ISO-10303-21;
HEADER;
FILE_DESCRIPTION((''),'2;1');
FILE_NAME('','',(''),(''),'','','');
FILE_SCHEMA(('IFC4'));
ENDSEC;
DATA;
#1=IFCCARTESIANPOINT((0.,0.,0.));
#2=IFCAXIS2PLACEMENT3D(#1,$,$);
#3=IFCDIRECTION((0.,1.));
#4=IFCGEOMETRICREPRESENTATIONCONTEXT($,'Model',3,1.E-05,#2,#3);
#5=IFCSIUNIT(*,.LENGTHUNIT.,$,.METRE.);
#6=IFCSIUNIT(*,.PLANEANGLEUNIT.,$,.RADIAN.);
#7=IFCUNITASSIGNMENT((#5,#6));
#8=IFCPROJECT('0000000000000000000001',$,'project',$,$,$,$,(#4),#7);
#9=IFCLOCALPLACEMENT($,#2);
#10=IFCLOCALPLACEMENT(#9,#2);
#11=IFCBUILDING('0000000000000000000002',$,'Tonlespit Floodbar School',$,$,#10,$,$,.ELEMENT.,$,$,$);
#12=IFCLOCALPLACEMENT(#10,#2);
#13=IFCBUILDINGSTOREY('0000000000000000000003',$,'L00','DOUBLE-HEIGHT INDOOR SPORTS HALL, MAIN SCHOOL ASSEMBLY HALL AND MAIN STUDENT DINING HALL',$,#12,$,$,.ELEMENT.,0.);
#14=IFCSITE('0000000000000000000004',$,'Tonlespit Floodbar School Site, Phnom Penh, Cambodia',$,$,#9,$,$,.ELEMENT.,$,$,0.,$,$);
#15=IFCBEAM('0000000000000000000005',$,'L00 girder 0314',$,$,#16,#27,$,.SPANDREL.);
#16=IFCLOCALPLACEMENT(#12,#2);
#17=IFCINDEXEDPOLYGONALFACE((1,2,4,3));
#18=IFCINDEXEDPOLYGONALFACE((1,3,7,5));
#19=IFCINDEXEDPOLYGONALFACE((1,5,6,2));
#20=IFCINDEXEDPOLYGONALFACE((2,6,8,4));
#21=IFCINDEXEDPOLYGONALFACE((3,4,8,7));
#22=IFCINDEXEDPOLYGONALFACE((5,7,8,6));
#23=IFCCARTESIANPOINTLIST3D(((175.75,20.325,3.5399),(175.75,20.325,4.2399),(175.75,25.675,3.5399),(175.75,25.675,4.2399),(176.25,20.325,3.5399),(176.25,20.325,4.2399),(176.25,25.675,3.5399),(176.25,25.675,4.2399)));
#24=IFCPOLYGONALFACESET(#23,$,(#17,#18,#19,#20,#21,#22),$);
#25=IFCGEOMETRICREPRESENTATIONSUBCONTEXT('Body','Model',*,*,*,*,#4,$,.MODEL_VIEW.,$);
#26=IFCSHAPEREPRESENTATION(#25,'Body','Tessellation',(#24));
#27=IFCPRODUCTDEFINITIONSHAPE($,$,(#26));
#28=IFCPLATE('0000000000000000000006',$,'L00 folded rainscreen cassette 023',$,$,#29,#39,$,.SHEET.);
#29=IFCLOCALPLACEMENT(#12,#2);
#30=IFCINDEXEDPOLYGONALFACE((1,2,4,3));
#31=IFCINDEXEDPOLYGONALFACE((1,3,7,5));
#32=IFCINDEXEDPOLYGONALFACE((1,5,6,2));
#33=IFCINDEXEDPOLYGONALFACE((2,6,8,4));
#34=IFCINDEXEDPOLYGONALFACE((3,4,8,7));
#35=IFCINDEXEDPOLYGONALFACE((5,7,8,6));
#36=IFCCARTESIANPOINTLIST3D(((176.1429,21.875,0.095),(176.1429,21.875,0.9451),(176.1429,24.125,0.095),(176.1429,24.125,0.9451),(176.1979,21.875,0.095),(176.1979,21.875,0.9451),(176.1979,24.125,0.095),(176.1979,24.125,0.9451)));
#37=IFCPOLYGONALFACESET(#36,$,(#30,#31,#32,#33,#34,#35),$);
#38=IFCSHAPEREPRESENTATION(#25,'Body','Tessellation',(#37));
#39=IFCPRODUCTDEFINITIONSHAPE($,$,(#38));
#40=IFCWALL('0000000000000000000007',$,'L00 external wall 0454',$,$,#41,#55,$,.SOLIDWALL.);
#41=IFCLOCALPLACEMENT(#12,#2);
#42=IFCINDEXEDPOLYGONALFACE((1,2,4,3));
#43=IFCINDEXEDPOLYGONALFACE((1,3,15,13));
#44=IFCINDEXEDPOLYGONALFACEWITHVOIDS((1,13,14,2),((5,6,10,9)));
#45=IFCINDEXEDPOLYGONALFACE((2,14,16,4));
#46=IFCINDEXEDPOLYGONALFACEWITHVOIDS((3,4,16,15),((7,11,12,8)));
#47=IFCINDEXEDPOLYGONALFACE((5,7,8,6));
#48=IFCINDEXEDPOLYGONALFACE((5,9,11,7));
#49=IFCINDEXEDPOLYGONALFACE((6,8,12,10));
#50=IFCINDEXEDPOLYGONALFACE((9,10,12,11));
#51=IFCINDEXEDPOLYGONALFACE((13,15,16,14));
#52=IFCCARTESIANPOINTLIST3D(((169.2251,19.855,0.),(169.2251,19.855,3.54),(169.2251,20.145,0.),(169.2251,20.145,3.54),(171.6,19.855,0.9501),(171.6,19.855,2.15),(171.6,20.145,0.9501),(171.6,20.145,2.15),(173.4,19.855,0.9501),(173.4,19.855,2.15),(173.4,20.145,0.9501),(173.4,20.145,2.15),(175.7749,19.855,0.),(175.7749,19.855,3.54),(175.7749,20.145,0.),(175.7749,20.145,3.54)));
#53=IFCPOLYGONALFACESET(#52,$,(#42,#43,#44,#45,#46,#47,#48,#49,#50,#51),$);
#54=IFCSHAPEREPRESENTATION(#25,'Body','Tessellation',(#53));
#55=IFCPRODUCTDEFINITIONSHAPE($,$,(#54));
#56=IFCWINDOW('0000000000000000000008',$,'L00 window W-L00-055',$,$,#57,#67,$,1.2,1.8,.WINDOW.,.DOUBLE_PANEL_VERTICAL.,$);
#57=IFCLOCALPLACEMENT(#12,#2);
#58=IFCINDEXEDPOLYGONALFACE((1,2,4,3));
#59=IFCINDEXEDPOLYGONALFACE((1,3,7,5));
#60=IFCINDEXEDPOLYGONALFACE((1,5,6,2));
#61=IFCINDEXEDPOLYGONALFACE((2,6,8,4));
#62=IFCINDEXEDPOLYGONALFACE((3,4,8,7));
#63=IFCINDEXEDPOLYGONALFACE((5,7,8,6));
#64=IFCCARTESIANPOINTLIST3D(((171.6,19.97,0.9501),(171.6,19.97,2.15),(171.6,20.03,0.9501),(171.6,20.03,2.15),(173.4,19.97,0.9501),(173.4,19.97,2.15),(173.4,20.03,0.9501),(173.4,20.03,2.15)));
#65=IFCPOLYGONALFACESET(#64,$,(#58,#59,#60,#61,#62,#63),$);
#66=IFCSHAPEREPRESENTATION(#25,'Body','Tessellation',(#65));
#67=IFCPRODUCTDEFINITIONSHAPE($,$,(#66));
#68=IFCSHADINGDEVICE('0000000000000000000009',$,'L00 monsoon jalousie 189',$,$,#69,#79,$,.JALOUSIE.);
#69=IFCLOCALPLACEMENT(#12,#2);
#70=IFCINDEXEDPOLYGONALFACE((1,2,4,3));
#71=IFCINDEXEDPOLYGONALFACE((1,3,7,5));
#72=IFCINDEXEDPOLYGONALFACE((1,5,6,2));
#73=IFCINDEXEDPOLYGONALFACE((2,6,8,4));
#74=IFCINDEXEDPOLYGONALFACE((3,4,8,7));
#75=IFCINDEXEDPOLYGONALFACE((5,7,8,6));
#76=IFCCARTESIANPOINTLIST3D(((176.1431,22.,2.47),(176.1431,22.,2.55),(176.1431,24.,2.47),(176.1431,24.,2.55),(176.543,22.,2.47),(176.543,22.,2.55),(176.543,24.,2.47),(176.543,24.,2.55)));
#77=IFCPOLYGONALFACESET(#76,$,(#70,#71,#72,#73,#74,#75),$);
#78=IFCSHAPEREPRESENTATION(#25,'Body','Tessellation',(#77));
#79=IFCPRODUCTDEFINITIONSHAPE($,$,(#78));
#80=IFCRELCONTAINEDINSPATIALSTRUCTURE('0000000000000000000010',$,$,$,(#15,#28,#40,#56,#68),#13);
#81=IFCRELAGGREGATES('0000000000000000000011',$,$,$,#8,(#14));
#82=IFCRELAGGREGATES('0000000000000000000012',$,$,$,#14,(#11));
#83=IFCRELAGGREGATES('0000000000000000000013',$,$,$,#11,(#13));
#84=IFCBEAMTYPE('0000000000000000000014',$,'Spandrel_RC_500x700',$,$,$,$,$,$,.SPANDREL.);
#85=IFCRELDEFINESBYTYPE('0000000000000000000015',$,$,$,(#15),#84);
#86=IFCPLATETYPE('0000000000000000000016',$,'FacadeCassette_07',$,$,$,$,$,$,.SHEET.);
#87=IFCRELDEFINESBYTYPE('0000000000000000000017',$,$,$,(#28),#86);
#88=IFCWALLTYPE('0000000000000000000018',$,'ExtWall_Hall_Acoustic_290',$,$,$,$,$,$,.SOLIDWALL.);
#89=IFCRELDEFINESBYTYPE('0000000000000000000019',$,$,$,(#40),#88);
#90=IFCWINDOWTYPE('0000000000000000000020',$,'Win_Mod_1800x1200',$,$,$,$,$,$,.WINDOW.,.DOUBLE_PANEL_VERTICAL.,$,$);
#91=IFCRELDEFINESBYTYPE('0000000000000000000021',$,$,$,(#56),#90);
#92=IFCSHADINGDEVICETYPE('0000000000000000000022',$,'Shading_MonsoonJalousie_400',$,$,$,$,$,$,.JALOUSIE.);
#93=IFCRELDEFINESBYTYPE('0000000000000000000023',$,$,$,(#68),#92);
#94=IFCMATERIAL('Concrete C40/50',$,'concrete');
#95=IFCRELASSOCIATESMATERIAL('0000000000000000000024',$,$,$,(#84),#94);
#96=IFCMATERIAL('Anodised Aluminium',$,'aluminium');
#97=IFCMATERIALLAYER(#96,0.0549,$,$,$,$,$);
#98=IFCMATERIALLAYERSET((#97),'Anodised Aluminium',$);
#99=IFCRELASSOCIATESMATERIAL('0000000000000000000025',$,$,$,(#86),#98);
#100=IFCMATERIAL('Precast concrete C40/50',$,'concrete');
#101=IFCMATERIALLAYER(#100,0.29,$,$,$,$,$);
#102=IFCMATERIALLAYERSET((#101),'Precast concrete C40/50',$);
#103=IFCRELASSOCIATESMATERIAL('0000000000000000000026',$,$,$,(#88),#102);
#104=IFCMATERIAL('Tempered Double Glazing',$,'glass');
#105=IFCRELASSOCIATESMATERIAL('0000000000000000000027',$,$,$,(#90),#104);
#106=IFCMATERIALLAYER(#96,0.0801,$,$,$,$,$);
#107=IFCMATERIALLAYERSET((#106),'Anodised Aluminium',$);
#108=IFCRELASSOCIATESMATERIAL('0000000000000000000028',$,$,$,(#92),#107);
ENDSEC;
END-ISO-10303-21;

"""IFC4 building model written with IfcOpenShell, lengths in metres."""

from ifc_helpers import new_model, si_unit, direction, frame, frame_2d, origin, origin_2d, place, context, subcontext, project, spatial, rectangle, extrude, material, layer, layer_set, material_profile, profile_set, type_object, element, fill, save


model = new_model("IFC4")

# Units and contexts
model_context = context("Model", 3, precision=1e-05, world=origin(), true_north=direction((0.0, 1.0)))
body_context = subcontext(model_context, "Body", "Model", "MODEL_VIEW")
ifc_project = project(units=[si_unit("LENGTHUNIT", "METRE"), si_unit("PLANEANGLEUNIT", "RADIAN")], contexts=[model_context])

# Site, building, storey
site_placement = place(None, origin())
site = spatial("IfcSite", under=ifc_project, at=site_placement, Name="Tonlespit Floodbar School Site, Phnom Penh, Cambodia", CompositionType="ELEMENT", RefElevation=0.0)
building_placement = place(site_placement, origin())
building = spatial("IfcBuilding", under=site, at=building_placement, Name="Tonlespit Floodbar School", CompositionType="ELEMENT")
storey_placement = place(building_placement, origin())
storey = spatial("IfcBuildingStorey", under=building, at=storey_placement, Name="L00", Description="DOUBLE-HEIGHT INDOOR SPORTS HALL, MAIN SCHOOL ASSEMBLY HALL AND MAIN STUDENT DINING HALL", CompositionType="ELEMENT", Elevation=0.0)

# Shared definitions
ifc_material_1 = material(Name="Concrete C40/50", Category="concrete")

# Beam
ifc_material_profile_1 = material_profile(ifc_material_1, rectangle(XDim=0.5, YDim=0.7, at=origin_2d()), Name="RC 500x700")
ifc_profile_set_1 = profile_set([ifc_material_profile_1], Name="Concrete C40/50")
beam_type = type_object("IfcBeamType", Name="Spandrel_RC_500x700", PredefinedType="SPANDREL", material=ifc_profile_set_1)
beam_1_placement = place(storey_placement, frame((176.0, 20.325, 3.8899), z_axis=(0.0, 1.0, 0.0), x_axis=(-1.0, 0.0, 0.0)))
element("IfcBeam", 1, at=beam_1_placement, inside=storey, type_object=beam_type, Name="L00 girder 0314", PredefinedType="SPANDREL", context=body_context, shape_type="SweptSolid", body=[
    extrude(rectangle(XDim=0.5, YDim=0.7, at=origin_2d()), origin(), (0.0, 0.0, 1.0), 5.3501),
])

# Plate
ifc_material_2 = material(Name="Anodised Aluminium", Category="aluminium")
ifc_layer_1 = layer(ifc_material_2, 0.0549)
ifc_layer_set_1 = layer_set([ifc_layer_1], Name="Anodised Aluminium")
plate_type = type_object("IfcPlateType", Name="FacadeCassette_07", PredefinedType="SHEET", material=ifc_layer_set_1)
plate_placement = place(storey_placement, frame((176.1704, 23.0, 0.095), z_axis=(0.0, 0.0, 1.0), x_axis=(0.0, -1.0, 0.0)))
element("IfcPlate", 2, at=plate_placement, inside=storey, type_object=plate_type, Name="L00 folded rainscreen cassette 023", PredefinedType="SHEET", context=body_context, shape_type="SweptSolid", body=[
    extrude(rectangle(XDim=2.25, YDim=0.0549, at=origin_2d()), origin(), (0.0, 0.0, 1.0), 0.8501),
])

# Wall, opening, window
ifc_material_3 = material(Name="Precast concrete C40/50", Category="concrete")
ifc_layer_2 = layer(ifc_material_3, 0.29)
ifc_layer_set_2 = layer_set([ifc_layer_2], Name="Precast concrete C40/50")
wall_type = type_object("IfcWallType", Name="ExtWall_Hall_Acoustic_290", PredefinedType="SOLIDWALL", material=ifc_layer_set_2)
wall_placement = place(storey_placement, frame((175.7749, 20.0, 0.0), z_axis=(0.0, 0.0, 1.0), x_axis=(-1.0, 0.0, 0.0)))
wall = element("IfcWall", 3, at=wall_placement, inside=storey, type_object=wall_type, Name="L00 external wall 0454", PredefinedType="SOLIDWALL", context=body_context, shape_type="SweptSolid", body=[
    extrude(rectangle(XDim=6.5498, YDim=0.29, at=frame_2d((3.2749, 0.0))), origin(), (0.0, 0.0, 1.0), 3.54),
])
opening_placement = place(wall_placement, frame((2.375, 0.0, 0.95)))
opening = element("IfcOpeningElement", 4, at=opening_placement, cuts=wall, PredefinedType="OPENING", context=body_context, shape_type="SweptSolid", body=[
    extrude(rectangle(XDim=1.8, YDim=1.2, at=frame_2d((0.8999, 0.6001))), frame((0.0, 0.155, 0.0), z_axis=(0.0, -1.0, 0.0), x_axis=(1.0, 0.0, 0.0)), (0.0, 0.0, 1.0), 0.3101),
])
ifc_material_4 = material(Name="Tempered Double Glazing", Category="glass")
window_type = type_object("IfcWindowType", Name="Win_Mod_1800x1200", PartitioningType="DOUBLE_PANEL_VERTICAL", PredefinedType="WINDOW", material=ifc_material_4)
window_placement = place(opening_placement, origin())
window = element("IfcWindow", 5, at=window_placement, inside=storey, type_object=window_type, Name="L00 window W-L00-055", OverallHeight=1.2, OverallWidth=1.8, PartitioningType="DOUBLE_PANEL_VERTICAL", PredefinedType="WINDOW", context=body_context, shape_type="SweptSolid", body=[
    extrude(rectangle(XDim=1.8, YDim=1.2, at=frame_2d((0.8999, 0.6001))), frame((0.0, 0.03, 0.0), z_axis=(0.0, -1.0, 0.0), x_axis=(1.0, 0.0, 0.0)), (0.0, 0.0, 1.0), 0.0601),
])
fill(opening, window)

# Shading device
ifc_layer_3 = layer(ifc_material_2, 0.0801)
ifc_layer_set_3 = layer_set([ifc_layer_3], Name="Anodised Aluminium")
shading_device_type = type_object("IfcShadingDeviceType", Name="Shading_MonsoonJalousie_400", PredefinedType="JALOUSIE", material=ifc_layer_set_3)
shading_device_placement = place(storey_placement, frame((176.343, 23.0, 2.47), z_axis=(0.0, 0.0, 1.0), x_axis=(0.0, -1.0, 0.0)))
element("IfcShadingDevice", 6, at=shading_device_placement, inside=storey, type_object=shading_device_type, Name="L00 monsoon jalousie 189", PredefinedType="JALOUSIE", context=body_context, shape_type="SweptSolid", body=[
    extrude(rectangle(XDim=2.0, YDim=0.3999, at=origin_2d()), origin(), (0.0, 0.0, 1.0), 0.0801),
])

save(model, "model.ifc")
